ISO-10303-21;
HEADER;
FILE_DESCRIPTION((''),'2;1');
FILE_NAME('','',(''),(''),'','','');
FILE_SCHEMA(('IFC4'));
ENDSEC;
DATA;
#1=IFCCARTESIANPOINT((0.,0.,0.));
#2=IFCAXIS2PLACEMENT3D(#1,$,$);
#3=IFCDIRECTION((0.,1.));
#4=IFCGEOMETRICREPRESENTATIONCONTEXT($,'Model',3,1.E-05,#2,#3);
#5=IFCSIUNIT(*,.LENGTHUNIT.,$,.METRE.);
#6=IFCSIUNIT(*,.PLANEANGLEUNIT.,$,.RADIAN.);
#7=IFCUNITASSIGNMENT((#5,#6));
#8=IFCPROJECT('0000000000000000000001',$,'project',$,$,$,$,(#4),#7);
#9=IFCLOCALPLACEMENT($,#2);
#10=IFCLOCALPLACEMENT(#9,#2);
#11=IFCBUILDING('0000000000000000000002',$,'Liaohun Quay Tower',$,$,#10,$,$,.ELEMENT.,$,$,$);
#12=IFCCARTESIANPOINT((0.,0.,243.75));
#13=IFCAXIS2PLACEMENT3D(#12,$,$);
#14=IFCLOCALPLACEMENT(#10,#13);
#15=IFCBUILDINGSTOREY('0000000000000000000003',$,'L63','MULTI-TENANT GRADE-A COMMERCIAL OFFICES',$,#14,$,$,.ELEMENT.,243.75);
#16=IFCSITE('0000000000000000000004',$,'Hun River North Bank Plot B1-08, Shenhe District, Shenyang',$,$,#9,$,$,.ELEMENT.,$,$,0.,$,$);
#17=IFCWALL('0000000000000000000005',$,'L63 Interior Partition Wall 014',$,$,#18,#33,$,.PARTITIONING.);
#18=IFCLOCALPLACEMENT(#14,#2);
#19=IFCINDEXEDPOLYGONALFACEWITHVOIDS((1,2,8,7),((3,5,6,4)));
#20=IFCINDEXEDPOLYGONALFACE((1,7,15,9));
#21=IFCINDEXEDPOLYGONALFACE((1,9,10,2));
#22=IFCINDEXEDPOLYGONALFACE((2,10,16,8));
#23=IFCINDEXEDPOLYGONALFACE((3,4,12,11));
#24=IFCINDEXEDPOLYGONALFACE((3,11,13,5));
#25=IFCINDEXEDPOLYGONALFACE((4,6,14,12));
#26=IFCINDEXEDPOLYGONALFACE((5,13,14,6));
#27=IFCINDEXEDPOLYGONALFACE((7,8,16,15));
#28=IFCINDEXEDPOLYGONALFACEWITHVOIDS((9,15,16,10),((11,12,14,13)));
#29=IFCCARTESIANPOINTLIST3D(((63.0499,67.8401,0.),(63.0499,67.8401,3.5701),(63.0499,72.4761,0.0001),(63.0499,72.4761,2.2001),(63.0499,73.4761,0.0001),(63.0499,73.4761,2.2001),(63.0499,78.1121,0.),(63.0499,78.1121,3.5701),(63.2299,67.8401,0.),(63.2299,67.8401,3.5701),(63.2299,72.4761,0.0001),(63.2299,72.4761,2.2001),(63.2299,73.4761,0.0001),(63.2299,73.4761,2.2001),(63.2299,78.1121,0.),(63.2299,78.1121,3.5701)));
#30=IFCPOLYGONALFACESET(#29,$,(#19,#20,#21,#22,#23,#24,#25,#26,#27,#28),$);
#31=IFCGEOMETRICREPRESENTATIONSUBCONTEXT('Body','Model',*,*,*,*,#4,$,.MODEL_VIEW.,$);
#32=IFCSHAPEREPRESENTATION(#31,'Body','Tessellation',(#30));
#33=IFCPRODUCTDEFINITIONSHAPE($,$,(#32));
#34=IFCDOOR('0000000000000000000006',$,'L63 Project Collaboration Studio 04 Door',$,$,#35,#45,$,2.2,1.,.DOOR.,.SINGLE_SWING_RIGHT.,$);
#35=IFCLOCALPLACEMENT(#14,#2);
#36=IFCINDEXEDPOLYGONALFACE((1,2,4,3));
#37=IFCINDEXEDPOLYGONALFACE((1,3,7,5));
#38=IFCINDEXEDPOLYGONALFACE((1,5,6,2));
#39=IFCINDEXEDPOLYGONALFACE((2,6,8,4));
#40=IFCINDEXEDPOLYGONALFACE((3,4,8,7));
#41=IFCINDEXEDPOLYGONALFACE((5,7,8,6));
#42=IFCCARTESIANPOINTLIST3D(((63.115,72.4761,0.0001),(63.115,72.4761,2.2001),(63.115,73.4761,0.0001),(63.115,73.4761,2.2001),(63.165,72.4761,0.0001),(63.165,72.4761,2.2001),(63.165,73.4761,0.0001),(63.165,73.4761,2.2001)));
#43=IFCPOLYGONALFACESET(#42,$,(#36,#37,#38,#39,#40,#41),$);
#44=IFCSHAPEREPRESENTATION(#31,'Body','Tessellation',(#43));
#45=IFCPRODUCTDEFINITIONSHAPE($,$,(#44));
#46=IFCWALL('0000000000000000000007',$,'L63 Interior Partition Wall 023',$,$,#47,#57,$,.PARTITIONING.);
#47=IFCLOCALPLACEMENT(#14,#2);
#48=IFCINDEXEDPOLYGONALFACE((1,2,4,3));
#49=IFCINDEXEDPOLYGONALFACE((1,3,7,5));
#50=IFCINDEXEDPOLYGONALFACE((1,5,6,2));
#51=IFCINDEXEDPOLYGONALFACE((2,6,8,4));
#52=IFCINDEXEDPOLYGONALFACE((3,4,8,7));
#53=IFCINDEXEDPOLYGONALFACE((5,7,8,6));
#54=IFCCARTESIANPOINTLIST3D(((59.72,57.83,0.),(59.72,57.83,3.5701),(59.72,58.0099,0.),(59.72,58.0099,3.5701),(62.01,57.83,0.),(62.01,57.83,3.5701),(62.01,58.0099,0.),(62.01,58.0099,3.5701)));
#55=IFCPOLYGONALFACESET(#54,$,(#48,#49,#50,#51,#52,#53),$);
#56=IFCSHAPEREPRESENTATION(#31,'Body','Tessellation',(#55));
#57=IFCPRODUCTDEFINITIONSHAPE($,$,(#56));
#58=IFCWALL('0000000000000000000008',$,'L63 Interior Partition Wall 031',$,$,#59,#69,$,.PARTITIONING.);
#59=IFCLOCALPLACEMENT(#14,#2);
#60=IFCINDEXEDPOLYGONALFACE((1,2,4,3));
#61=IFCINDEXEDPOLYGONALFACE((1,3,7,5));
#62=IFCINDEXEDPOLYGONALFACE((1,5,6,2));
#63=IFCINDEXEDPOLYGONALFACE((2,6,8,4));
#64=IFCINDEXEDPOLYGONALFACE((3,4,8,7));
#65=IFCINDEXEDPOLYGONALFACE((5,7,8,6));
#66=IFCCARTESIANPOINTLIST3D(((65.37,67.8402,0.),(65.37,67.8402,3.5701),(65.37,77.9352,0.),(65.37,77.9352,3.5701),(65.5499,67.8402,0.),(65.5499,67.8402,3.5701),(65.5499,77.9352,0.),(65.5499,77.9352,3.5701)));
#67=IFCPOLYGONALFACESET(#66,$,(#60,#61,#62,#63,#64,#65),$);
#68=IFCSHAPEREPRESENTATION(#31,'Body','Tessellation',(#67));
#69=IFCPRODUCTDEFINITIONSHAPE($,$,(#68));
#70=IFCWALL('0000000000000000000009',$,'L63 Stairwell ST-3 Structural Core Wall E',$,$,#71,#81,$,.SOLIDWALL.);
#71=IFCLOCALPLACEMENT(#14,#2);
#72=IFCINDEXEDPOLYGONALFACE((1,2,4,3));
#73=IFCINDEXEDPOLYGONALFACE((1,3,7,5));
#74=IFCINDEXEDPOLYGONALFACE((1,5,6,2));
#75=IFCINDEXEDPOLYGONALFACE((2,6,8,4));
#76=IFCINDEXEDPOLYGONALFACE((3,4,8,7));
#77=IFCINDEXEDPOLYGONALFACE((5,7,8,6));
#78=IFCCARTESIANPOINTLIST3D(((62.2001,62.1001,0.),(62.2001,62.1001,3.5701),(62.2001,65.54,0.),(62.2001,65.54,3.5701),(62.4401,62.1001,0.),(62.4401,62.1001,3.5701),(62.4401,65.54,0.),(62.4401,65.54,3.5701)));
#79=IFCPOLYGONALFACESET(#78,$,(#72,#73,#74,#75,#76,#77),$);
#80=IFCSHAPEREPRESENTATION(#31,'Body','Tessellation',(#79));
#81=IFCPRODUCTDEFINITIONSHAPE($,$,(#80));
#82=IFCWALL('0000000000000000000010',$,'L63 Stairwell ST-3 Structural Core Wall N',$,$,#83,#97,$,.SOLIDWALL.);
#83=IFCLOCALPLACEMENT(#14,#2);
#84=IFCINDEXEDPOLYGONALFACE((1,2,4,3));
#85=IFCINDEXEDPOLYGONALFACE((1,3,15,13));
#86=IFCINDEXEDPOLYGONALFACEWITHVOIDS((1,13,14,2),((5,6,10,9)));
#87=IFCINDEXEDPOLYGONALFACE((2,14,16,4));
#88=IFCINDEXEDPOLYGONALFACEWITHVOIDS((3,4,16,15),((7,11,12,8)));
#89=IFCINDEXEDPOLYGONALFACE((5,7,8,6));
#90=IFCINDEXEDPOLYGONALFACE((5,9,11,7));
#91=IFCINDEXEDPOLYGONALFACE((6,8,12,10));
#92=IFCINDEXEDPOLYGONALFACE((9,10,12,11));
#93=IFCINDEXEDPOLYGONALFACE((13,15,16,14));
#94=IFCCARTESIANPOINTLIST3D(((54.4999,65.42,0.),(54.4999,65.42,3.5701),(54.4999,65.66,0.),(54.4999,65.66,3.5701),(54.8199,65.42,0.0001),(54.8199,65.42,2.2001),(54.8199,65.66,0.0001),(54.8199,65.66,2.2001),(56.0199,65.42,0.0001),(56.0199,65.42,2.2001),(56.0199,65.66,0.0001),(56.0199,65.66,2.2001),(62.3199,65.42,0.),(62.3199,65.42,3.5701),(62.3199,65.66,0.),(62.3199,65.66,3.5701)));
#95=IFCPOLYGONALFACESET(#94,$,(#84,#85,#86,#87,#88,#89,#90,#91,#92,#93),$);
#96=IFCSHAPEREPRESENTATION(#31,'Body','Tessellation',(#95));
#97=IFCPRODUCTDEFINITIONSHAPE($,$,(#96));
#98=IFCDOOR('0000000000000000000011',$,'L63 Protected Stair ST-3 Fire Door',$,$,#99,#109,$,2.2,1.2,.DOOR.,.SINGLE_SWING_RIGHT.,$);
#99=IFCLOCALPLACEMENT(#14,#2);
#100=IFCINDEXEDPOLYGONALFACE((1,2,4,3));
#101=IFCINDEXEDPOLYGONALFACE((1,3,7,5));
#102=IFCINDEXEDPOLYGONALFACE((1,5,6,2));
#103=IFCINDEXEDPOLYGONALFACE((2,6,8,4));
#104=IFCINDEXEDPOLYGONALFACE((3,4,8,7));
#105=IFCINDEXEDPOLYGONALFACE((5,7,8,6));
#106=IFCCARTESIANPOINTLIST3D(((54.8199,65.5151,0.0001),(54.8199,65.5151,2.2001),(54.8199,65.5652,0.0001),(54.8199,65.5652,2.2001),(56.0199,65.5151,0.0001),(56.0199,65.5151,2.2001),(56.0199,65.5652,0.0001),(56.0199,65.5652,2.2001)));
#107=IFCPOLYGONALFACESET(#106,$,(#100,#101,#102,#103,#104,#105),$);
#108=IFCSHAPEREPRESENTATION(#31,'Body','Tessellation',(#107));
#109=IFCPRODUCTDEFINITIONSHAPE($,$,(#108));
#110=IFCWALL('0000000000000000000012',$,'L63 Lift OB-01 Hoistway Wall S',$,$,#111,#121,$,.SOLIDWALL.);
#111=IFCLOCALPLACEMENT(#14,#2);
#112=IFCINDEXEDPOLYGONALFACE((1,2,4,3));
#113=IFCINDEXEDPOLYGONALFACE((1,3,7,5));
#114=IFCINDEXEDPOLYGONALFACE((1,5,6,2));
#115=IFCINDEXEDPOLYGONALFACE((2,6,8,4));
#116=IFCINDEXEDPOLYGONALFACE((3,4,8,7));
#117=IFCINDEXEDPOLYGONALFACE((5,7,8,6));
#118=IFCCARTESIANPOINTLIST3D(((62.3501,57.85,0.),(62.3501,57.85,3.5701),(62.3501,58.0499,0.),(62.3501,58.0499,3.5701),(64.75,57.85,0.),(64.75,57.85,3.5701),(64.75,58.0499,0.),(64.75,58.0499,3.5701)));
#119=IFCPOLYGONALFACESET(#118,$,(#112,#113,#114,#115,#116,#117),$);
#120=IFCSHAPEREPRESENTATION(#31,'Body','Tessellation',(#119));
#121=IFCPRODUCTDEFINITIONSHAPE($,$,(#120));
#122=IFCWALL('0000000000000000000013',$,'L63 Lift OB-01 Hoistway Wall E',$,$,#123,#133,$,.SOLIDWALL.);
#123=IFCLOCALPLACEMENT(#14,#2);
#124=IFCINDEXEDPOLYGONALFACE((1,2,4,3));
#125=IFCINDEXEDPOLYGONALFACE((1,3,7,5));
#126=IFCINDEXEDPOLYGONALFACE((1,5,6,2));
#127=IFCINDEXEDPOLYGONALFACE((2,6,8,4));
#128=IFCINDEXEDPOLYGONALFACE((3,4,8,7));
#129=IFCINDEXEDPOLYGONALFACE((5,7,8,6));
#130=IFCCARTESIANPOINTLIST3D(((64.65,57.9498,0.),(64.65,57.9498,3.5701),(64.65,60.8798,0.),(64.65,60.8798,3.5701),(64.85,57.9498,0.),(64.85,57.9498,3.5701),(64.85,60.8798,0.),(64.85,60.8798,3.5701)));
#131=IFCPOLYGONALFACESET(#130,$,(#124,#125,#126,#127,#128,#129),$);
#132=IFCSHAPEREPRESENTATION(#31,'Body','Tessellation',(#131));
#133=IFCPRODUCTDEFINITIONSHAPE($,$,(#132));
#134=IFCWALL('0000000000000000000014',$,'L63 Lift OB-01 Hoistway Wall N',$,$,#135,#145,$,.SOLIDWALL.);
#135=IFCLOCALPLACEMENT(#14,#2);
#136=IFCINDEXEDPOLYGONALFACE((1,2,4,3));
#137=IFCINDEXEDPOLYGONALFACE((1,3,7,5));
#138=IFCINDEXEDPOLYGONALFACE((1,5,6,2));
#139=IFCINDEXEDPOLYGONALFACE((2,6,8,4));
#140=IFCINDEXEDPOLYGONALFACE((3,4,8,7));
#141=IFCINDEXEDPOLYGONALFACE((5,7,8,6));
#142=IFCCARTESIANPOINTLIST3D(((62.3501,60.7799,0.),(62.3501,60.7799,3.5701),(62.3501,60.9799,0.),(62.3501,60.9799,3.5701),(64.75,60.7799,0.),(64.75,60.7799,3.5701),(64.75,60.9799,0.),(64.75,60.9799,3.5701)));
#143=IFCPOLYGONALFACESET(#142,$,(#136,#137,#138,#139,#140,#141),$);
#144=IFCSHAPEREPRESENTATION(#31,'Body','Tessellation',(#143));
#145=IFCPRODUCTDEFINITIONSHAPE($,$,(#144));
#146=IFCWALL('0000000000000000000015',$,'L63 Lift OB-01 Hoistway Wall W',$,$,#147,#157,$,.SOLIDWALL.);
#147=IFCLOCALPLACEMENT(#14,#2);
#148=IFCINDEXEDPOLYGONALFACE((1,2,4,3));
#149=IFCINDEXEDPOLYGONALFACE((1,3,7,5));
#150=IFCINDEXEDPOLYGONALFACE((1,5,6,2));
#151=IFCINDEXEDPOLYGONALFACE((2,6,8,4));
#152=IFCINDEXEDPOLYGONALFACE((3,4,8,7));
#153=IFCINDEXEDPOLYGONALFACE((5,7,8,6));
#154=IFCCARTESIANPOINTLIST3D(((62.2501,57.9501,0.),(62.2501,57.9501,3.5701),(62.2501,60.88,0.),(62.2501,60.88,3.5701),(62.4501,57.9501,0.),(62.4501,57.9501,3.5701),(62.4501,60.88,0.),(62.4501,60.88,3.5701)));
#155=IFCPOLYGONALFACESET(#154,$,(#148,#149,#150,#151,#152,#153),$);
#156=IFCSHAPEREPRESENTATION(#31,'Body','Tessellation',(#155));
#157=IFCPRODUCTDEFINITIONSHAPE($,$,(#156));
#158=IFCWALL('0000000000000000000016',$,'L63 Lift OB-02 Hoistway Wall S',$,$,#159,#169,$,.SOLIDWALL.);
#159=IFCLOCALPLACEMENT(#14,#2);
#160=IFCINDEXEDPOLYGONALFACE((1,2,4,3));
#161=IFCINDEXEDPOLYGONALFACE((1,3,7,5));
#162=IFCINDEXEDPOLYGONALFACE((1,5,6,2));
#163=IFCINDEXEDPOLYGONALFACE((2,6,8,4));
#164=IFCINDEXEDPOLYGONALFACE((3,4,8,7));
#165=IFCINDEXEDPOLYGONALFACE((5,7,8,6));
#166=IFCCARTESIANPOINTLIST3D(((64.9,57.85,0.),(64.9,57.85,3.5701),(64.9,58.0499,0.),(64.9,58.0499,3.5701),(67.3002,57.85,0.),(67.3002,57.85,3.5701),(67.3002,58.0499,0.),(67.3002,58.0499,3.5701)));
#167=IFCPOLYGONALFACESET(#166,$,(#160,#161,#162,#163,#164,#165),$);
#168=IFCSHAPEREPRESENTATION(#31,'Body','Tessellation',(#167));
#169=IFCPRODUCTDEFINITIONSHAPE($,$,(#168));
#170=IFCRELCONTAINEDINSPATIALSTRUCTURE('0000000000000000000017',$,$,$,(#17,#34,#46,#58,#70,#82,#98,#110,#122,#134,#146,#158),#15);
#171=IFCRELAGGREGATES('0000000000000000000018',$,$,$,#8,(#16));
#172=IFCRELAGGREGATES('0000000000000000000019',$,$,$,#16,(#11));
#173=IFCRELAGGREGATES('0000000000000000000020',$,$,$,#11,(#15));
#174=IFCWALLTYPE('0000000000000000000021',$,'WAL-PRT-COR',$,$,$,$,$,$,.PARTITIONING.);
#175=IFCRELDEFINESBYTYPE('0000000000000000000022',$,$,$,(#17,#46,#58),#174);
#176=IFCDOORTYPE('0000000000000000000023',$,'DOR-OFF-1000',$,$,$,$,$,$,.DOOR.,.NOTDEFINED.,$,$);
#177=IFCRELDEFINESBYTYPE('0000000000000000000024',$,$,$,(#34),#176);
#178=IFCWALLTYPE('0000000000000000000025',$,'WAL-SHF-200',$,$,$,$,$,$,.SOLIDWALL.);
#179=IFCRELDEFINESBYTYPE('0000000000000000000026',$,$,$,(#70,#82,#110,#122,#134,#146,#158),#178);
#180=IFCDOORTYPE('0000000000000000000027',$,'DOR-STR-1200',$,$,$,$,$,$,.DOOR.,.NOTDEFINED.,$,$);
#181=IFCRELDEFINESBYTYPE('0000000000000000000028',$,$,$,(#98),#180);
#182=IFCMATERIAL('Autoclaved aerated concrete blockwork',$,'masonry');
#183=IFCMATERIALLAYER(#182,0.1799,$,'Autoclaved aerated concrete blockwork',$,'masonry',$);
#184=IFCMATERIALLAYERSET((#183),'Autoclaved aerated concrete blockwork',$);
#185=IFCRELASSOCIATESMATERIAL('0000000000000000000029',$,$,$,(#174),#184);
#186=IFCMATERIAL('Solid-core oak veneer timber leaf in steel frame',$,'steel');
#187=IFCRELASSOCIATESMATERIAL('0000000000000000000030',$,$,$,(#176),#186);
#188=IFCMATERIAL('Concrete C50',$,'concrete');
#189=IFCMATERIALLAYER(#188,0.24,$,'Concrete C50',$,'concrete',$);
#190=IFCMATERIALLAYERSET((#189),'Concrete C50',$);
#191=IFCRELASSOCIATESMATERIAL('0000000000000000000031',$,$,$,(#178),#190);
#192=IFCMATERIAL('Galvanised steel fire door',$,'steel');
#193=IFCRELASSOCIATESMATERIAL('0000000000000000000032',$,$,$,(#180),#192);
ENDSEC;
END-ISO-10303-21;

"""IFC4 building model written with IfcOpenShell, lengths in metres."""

from ifc_helpers import new_model, si_unit, direction, frame, frame_2d, origin, place, context, subcontext, project, spatial, rectangle, extrude, source, transform, mapped, material, layer, layer_set, type_object, element, fill, save


model = new_model("IFC4")

# Units and contexts
model_context = context("Model", 3, precision=1e-05, world=origin(), true_north=direction((0.0, 1.0)))
body_context = subcontext(model_context, "Body", "Model", "MODEL_VIEW")
ifc_project = project(units=[si_unit("LENGTHUNIT", "METRE"), si_unit("PLANEANGLEUNIT", "RADIAN")], contexts=[model_context])

# Site, building, storey
site_placement = place(None, origin())
site = spatial("IfcSite", under=ifc_project, at=site_placement, Name="Hun River North Bank Plot B1-08, Shenhe District, Shenyang", CompositionType="ELEMENT", RefElevation=0.0)
building_placement = place(site_placement, origin())
building = spatial("IfcBuilding", under=site, at=building_placement, Name="Liaohun Quay Tower", CompositionType="ELEMENT")
storey_placement = place(building_placement, frame((0.0, 0.0, 243.75)))
storey = spatial("IfcBuildingStorey", under=building, at=storey_placement, Name="L63", Description="MULTI-TENANT GRADE-A COMMERCIAL OFFICES", CompositionType="ELEMENT", Elevation=243.75)

# Wall, opening, door
ifc_material_1 = material(Name="Autoclaved aerated concrete blockwork", Category="masonry")
ifc_layer_1 = layer(ifc_material_1, 0.1799, Name="Autoclaved aerated concrete blockwork", Category="masonry")
ifc_layer_set_1 = layer_set([ifc_layer_1], Name="Autoclaved aerated concrete blockwork")
wall_type_1 = type_object("IfcWallType", Name="WAL-PRT-COR", PredefinedType="PARTITIONING", material=ifc_layer_set_1)
shared_shape_1 = source(origin(), body_context, "Body", "SweptSolid", [
    extrude(rectangle(XDim=1.0, YDim=2.2, at=frame_2d((0.5, 1.1001))), frame((0.0, 0.0999, 0.0), z_axis=(0.0, -1.0, 0.0), x_axis=(1.0, 0.0, 0.0)), (0.0, 0.0, 1.0), 0.2),
])
ifc_material_2 = material(Name="Solid-core oak veneer timber leaf in steel frame", Category="steel")
door_type_1 = type_object("IfcDoorType", Name="DOR-OFF-1000", OperationType="NOTDEFINED", PredefinedType="DOOR", material=ifc_material_2)
shared_shape_2 = source(origin(), body_context, "Body", "SweptSolid", [
    extrude(rectangle(XDim=1.0, YDim=2.2, at=frame_2d((0.5, 1.1001))), frame((0.0, 0.0249, 0.0), z_axis=(0.0, -1.0, 0.0), x_axis=(1.0, 0.0, 0.0)), (0.0, 0.0, 1.0), 0.05),
])
wall_1_placement = place(storey_placement, frame((63.1399, 67.8401, 0.0), z_axis=(0.0, 0.0, 1.0), x_axis=(0.0, 1.0, 0.0)))
wall_1 = element("IfcWall", 1, at=wall_1_placement, inside=storey, type_object=wall_type_1, Name="L63 Interior Partition Wall 014", PredefinedType="PARTITIONING", context=body_context, shape_type="SweptSolid", body=[
    extrude(rectangle(XDim=10.272, YDim=0.1799, at=frame_2d((5.136, 0.0))), origin(), (0.0, 0.0, 1.0), 3.5701),
])
opening_1_placement = place(wall_1_placement, frame((4.636, 0.0, 0.0)))
opening_1 = element("IfcOpeningElement", 2, at=opening_1_placement, cuts=wall_1, PredefinedType="OPENING", context=body_context, shape_type="MappedRepresentation", body=[
    mapped(shared_shape_1, transform((0.0, 0.0, 0.0), x_axis=(1.0, 0.0, 0.0), y_axis=(0.0, 1.0, 0.0), z_axis=(0.0, 0.0, 1.0), scale=1.0)),
])
door_1_placement = place(opening_1_placement, origin())
door_1 = element("IfcDoor", 3, at=door_1_placement, inside=storey, type_object=door_type_1, Name="L63 Project Collaboration Studio 04 Door", OperationType="SINGLE_SWING_RIGHT", OverallHeight=2.2, OverallWidth=1.0, PredefinedType="DOOR", context=body_context, shape_type="MappedRepresentation", body=[
    mapped(shared_shape_2, transform((0.0, 0.0, 0.0), x_axis=(1.0, 0.0, 0.0), y_axis=(0.0, 1.0, 0.0), z_axis=(0.0, 0.0, 1.0), scale=1.0)),
])
fill(opening_1, door_1)

# Walls
wall_2_placement = place(storey_placement, frame((59.72, 57.9199, 0.0), z_axis=(0.0, 0.0, 1.0), x_axis=(1.0, 0.0, 0.0)))
element("IfcWall", 4, at=wall_2_placement, inside=storey, type_object=wall_type_1, Name="L63 Interior Partition Wall 023", PredefinedType="PARTITIONING", context=body_context, shape_type="SweptSolid", body=[
    extrude(rectangle(XDim=2.29, YDim=0.1799, at=frame_2d((1.145, 0.0))), origin(), (0.0, 0.0, 1.0), 3.5701),
])
wall_3_placement = place(storey_placement, frame((65.46, 77.9351, 0.0), z_axis=(0.0, 0.0, 1.0), x_axis=(0.0, -1.0, 0.0)))
element("IfcWall", 5, at=wall_3_placement, inside=storey, type_object=wall_type_1, Name="L63 Interior Partition Wall 031", PredefinedType="PARTITIONING", context=body_context, shape_type="SweptSolid", body=[
    extrude(rectangle(XDim=10.095, YDim=0.1799, at=frame_2d((5.0474, 0.0))), origin(), (0.0, 0.0, 1.0), 3.5701),
])
ifc_material_3 = material(Name="Concrete C50", Category="concrete")
ifc_layer_2 = layer(ifc_material_3, 0.24, Name="Concrete C50", Category="concrete")
ifc_layer_set_2 = layer_set([ifc_layer_2], Name="Concrete C50")
wall_type_2 = type_object("IfcWallType", Name="WAL-SHF-200", PredefinedType="SOLIDWALL", material=ifc_layer_set_2)
wall_4_placement = place(storey_placement, frame((62.3201, 62.1001, 0.0), z_axis=(0.0, 0.0, 1.0), x_axis=(0.0, 1.0, 0.0)))
element("IfcWall", 6, at=wall_4_placement, inside=storey, type_object=wall_type_2, Name="L63 Stairwell ST-3 Structural Core Wall E", PredefinedType="SOLIDWALL", context=body_context, shape_type="SweptSolid", body=[
    extrude(rectangle(XDim=3.4399, YDim=0.24, at=frame_2d((1.72, 0.0))), origin(), (0.0, 0.0, 1.0), 3.5701),
])

# Wall, opening, door
wall_5_placement = place(storey_placement, frame((62.3201, 65.54, 0.0), z_axis=(0.0, 0.0, 1.0), x_axis=(-1.0, 0.0, 0.0)))
wall_5 = element("IfcWall", 7, at=wall_5_placement, inside=storey, type_object=wall_type_2, Name="L63 Stairwell ST-3 Structural Core Wall N", PredefinedType="SOLIDWALL", context=body_context, shape_type="SweptSolid", body=[
    extrude(rectangle(XDim=7.8201, YDim=0.24, at=frame_2d((3.9102, 0.0))), origin(), (0.0, 0.0, 1.0), 3.5701),
])
shared_shape_3 = source(origin(), body_context, "Body", "SweptSolid", [
    extrude(rectangle(XDim=1.2, YDim=2.2, at=frame_2d((0.6001, 1.1001))), frame((0.0, 0.1299, 0.0), z_axis=(0.0, -1.0, 0.0), x_axis=(1.0, 0.0, 0.0)), (0.0, 0.0, 1.0), 0.26),
])
opening_2_placement = place(wall_5_placement, frame((6.3, 0.0, 0.0)))
opening_2 = element("IfcOpeningElement", 8, at=opening_2_placement, cuts=wall_5, PredefinedType="OPENING", context=body_context, shape_type="MappedRepresentation", body=[
    mapped(shared_shape_3, transform((0.0, 0.0, 0.0), x_axis=(1.0, 0.0, 0.0), y_axis=(0.0, 1.0, 0.0), z_axis=(0.0, 0.0, 1.0), scale=1.0)),
])
ifc_material_4 = material(Name="Galvanised steel fire door", Category="steel")
door_type_2 = type_object("IfcDoorType", Name="DOR-STR-1200", OperationType="NOTDEFINED", PredefinedType="DOOR", material=ifc_material_4)
shared_shape_4 = source(origin(), body_context, "Body", "SweptSolid", [
    extrude(rectangle(XDim=1.2, YDim=2.2, at=frame_2d((0.6001, 1.1001))), frame((0.0, 0.0249, 0.0), z_axis=(0.0, -1.0, 0.0), x_axis=(1.0, 0.0, 0.0)), (0.0, 0.0, 1.0), 0.05),
])
door_2_placement = place(opening_2_placement, origin())
door_2 = element("IfcDoor", 9, at=door_2_placement, inside=storey, type_object=door_type_2, Name="L63 Protected Stair ST-3 Fire Door", OperationType="SINGLE_SWING_RIGHT", OverallHeight=2.2, OverallWidth=1.2, PredefinedType="DOOR", context=body_context, shape_type="MappedRepresentation", body=[
    mapped(shared_shape_4, transform((0.0, 0.0, 0.0), x_axis=(1.0, 0.0, 0.0), y_axis=(0.0, 1.0, 0.0), z_axis=(0.0, 0.0, 1.0), scale=1.0)),
])
fill(opening_2, door_2)

# Walls
wall_6_placement = place(storey_placement, frame((62.3501, 57.95, 0.0), z_axis=(0.0, 0.0, 1.0), x_axis=(1.0, 0.0, 0.0)))
element("IfcWall", 10, at=wall_6_placement, inside=storey, type_object=wall_type_2, Name="L63 Lift OB-01 Hoistway Wall S", PredefinedType="SOLIDWALL", context=body_context, shape_type="SweptSolid", body=[
    extrude(rectangle(XDim=2.3999, YDim=0.2, at=frame_2d((1.2, 0.0))), origin(), (0.0, 0.0, 1.0), 3.5701),
])
wall_7_placement = place(storey_placement, frame((64.75, 57.95, 0.0), z_axis=(0.0, 0.0, 1.0), x_axis=(0.0, 1.0, 0.0)))
element("IfcWall", 11, at=wall_7_placement, inside=storey, type_object=wall_type_2, Name="L63 Lift OB-01 Hoistway Wall E", PredefinedType="SOLIDWALL", context=body_context, shape_type="SweptSolid", body=[
    extrude(rectangle(XDim=2.9299, YDim=0.2, at=frame_2d((1.4648, 0.0))), origin(), (0.0, 0.0, 1.0), 3.5701),
])
wall_8_placement = place(storey_placement, frame((64.75, 60.8799, 0.0), z_axis=(0.0, 0.0, 1.0), x_axis=(-1.0, 0.0, 0.0)))
element("IfcWall", 12, at=wall_8_placement, inside=storey, type_object=wall_type_2, Name="L63 Lift OB-01 Hoistway Wall N", PredefinedType="SOLIDWALL", context=body_context, shape_type="SweptSolid", body=[
    extrude(rectangle(XDim=2.3999, YDim=0.2, at=frame_2d((1.2, 0.0))), origin(), (0.0, 0.0, 1.0), 3.5701),
])
wall_9_placement = place(storey_placement, frame((62.3501, 60.8799, 0.0), z_axis=(0.0, 0.0, 1.0), x_axis=(0.0, -1.0, 0.0)))
element("IfcWall", 13, at=wall_9_placement, inside=storey, type_object=wall_type_2, Name="L63 Lift OB-01 Hoistway Wall W", PredefinedType="SOLIDWALL", context=body_context, shape_type="SweptSolid", body=[
    extrude(rectangle(XDim=2.9299, YDim=0.2, at=frame_2d((1.4648, 0.0))), origin(), (0.0, 0.0, 1.0), 3.5701),
])
wall_10_placement = place(storey_placement, frame((64.8999, 57.95, 0.0), z_axis=(0.0, 0.0, 1.0), x_axis=(1.0, 0.0, 0.0)))
element("IfcWall", 14, at=wall_10_placement, inside=storey, type_object=wall_type_2, Name="L63 Lift OB-02 Hoistway Wall S", PredefinedType="SOLIDWALL", context=body_context, shape_type="SweptSolid", body=[
    extrude(rectangle(XDim=2.4001, YDim=0.2, at=frame_2d((1.2002, 0.0))), origin(), (0.0, 0.0, 1.0), 3.5701),
])

save(model, "model.ifc")
